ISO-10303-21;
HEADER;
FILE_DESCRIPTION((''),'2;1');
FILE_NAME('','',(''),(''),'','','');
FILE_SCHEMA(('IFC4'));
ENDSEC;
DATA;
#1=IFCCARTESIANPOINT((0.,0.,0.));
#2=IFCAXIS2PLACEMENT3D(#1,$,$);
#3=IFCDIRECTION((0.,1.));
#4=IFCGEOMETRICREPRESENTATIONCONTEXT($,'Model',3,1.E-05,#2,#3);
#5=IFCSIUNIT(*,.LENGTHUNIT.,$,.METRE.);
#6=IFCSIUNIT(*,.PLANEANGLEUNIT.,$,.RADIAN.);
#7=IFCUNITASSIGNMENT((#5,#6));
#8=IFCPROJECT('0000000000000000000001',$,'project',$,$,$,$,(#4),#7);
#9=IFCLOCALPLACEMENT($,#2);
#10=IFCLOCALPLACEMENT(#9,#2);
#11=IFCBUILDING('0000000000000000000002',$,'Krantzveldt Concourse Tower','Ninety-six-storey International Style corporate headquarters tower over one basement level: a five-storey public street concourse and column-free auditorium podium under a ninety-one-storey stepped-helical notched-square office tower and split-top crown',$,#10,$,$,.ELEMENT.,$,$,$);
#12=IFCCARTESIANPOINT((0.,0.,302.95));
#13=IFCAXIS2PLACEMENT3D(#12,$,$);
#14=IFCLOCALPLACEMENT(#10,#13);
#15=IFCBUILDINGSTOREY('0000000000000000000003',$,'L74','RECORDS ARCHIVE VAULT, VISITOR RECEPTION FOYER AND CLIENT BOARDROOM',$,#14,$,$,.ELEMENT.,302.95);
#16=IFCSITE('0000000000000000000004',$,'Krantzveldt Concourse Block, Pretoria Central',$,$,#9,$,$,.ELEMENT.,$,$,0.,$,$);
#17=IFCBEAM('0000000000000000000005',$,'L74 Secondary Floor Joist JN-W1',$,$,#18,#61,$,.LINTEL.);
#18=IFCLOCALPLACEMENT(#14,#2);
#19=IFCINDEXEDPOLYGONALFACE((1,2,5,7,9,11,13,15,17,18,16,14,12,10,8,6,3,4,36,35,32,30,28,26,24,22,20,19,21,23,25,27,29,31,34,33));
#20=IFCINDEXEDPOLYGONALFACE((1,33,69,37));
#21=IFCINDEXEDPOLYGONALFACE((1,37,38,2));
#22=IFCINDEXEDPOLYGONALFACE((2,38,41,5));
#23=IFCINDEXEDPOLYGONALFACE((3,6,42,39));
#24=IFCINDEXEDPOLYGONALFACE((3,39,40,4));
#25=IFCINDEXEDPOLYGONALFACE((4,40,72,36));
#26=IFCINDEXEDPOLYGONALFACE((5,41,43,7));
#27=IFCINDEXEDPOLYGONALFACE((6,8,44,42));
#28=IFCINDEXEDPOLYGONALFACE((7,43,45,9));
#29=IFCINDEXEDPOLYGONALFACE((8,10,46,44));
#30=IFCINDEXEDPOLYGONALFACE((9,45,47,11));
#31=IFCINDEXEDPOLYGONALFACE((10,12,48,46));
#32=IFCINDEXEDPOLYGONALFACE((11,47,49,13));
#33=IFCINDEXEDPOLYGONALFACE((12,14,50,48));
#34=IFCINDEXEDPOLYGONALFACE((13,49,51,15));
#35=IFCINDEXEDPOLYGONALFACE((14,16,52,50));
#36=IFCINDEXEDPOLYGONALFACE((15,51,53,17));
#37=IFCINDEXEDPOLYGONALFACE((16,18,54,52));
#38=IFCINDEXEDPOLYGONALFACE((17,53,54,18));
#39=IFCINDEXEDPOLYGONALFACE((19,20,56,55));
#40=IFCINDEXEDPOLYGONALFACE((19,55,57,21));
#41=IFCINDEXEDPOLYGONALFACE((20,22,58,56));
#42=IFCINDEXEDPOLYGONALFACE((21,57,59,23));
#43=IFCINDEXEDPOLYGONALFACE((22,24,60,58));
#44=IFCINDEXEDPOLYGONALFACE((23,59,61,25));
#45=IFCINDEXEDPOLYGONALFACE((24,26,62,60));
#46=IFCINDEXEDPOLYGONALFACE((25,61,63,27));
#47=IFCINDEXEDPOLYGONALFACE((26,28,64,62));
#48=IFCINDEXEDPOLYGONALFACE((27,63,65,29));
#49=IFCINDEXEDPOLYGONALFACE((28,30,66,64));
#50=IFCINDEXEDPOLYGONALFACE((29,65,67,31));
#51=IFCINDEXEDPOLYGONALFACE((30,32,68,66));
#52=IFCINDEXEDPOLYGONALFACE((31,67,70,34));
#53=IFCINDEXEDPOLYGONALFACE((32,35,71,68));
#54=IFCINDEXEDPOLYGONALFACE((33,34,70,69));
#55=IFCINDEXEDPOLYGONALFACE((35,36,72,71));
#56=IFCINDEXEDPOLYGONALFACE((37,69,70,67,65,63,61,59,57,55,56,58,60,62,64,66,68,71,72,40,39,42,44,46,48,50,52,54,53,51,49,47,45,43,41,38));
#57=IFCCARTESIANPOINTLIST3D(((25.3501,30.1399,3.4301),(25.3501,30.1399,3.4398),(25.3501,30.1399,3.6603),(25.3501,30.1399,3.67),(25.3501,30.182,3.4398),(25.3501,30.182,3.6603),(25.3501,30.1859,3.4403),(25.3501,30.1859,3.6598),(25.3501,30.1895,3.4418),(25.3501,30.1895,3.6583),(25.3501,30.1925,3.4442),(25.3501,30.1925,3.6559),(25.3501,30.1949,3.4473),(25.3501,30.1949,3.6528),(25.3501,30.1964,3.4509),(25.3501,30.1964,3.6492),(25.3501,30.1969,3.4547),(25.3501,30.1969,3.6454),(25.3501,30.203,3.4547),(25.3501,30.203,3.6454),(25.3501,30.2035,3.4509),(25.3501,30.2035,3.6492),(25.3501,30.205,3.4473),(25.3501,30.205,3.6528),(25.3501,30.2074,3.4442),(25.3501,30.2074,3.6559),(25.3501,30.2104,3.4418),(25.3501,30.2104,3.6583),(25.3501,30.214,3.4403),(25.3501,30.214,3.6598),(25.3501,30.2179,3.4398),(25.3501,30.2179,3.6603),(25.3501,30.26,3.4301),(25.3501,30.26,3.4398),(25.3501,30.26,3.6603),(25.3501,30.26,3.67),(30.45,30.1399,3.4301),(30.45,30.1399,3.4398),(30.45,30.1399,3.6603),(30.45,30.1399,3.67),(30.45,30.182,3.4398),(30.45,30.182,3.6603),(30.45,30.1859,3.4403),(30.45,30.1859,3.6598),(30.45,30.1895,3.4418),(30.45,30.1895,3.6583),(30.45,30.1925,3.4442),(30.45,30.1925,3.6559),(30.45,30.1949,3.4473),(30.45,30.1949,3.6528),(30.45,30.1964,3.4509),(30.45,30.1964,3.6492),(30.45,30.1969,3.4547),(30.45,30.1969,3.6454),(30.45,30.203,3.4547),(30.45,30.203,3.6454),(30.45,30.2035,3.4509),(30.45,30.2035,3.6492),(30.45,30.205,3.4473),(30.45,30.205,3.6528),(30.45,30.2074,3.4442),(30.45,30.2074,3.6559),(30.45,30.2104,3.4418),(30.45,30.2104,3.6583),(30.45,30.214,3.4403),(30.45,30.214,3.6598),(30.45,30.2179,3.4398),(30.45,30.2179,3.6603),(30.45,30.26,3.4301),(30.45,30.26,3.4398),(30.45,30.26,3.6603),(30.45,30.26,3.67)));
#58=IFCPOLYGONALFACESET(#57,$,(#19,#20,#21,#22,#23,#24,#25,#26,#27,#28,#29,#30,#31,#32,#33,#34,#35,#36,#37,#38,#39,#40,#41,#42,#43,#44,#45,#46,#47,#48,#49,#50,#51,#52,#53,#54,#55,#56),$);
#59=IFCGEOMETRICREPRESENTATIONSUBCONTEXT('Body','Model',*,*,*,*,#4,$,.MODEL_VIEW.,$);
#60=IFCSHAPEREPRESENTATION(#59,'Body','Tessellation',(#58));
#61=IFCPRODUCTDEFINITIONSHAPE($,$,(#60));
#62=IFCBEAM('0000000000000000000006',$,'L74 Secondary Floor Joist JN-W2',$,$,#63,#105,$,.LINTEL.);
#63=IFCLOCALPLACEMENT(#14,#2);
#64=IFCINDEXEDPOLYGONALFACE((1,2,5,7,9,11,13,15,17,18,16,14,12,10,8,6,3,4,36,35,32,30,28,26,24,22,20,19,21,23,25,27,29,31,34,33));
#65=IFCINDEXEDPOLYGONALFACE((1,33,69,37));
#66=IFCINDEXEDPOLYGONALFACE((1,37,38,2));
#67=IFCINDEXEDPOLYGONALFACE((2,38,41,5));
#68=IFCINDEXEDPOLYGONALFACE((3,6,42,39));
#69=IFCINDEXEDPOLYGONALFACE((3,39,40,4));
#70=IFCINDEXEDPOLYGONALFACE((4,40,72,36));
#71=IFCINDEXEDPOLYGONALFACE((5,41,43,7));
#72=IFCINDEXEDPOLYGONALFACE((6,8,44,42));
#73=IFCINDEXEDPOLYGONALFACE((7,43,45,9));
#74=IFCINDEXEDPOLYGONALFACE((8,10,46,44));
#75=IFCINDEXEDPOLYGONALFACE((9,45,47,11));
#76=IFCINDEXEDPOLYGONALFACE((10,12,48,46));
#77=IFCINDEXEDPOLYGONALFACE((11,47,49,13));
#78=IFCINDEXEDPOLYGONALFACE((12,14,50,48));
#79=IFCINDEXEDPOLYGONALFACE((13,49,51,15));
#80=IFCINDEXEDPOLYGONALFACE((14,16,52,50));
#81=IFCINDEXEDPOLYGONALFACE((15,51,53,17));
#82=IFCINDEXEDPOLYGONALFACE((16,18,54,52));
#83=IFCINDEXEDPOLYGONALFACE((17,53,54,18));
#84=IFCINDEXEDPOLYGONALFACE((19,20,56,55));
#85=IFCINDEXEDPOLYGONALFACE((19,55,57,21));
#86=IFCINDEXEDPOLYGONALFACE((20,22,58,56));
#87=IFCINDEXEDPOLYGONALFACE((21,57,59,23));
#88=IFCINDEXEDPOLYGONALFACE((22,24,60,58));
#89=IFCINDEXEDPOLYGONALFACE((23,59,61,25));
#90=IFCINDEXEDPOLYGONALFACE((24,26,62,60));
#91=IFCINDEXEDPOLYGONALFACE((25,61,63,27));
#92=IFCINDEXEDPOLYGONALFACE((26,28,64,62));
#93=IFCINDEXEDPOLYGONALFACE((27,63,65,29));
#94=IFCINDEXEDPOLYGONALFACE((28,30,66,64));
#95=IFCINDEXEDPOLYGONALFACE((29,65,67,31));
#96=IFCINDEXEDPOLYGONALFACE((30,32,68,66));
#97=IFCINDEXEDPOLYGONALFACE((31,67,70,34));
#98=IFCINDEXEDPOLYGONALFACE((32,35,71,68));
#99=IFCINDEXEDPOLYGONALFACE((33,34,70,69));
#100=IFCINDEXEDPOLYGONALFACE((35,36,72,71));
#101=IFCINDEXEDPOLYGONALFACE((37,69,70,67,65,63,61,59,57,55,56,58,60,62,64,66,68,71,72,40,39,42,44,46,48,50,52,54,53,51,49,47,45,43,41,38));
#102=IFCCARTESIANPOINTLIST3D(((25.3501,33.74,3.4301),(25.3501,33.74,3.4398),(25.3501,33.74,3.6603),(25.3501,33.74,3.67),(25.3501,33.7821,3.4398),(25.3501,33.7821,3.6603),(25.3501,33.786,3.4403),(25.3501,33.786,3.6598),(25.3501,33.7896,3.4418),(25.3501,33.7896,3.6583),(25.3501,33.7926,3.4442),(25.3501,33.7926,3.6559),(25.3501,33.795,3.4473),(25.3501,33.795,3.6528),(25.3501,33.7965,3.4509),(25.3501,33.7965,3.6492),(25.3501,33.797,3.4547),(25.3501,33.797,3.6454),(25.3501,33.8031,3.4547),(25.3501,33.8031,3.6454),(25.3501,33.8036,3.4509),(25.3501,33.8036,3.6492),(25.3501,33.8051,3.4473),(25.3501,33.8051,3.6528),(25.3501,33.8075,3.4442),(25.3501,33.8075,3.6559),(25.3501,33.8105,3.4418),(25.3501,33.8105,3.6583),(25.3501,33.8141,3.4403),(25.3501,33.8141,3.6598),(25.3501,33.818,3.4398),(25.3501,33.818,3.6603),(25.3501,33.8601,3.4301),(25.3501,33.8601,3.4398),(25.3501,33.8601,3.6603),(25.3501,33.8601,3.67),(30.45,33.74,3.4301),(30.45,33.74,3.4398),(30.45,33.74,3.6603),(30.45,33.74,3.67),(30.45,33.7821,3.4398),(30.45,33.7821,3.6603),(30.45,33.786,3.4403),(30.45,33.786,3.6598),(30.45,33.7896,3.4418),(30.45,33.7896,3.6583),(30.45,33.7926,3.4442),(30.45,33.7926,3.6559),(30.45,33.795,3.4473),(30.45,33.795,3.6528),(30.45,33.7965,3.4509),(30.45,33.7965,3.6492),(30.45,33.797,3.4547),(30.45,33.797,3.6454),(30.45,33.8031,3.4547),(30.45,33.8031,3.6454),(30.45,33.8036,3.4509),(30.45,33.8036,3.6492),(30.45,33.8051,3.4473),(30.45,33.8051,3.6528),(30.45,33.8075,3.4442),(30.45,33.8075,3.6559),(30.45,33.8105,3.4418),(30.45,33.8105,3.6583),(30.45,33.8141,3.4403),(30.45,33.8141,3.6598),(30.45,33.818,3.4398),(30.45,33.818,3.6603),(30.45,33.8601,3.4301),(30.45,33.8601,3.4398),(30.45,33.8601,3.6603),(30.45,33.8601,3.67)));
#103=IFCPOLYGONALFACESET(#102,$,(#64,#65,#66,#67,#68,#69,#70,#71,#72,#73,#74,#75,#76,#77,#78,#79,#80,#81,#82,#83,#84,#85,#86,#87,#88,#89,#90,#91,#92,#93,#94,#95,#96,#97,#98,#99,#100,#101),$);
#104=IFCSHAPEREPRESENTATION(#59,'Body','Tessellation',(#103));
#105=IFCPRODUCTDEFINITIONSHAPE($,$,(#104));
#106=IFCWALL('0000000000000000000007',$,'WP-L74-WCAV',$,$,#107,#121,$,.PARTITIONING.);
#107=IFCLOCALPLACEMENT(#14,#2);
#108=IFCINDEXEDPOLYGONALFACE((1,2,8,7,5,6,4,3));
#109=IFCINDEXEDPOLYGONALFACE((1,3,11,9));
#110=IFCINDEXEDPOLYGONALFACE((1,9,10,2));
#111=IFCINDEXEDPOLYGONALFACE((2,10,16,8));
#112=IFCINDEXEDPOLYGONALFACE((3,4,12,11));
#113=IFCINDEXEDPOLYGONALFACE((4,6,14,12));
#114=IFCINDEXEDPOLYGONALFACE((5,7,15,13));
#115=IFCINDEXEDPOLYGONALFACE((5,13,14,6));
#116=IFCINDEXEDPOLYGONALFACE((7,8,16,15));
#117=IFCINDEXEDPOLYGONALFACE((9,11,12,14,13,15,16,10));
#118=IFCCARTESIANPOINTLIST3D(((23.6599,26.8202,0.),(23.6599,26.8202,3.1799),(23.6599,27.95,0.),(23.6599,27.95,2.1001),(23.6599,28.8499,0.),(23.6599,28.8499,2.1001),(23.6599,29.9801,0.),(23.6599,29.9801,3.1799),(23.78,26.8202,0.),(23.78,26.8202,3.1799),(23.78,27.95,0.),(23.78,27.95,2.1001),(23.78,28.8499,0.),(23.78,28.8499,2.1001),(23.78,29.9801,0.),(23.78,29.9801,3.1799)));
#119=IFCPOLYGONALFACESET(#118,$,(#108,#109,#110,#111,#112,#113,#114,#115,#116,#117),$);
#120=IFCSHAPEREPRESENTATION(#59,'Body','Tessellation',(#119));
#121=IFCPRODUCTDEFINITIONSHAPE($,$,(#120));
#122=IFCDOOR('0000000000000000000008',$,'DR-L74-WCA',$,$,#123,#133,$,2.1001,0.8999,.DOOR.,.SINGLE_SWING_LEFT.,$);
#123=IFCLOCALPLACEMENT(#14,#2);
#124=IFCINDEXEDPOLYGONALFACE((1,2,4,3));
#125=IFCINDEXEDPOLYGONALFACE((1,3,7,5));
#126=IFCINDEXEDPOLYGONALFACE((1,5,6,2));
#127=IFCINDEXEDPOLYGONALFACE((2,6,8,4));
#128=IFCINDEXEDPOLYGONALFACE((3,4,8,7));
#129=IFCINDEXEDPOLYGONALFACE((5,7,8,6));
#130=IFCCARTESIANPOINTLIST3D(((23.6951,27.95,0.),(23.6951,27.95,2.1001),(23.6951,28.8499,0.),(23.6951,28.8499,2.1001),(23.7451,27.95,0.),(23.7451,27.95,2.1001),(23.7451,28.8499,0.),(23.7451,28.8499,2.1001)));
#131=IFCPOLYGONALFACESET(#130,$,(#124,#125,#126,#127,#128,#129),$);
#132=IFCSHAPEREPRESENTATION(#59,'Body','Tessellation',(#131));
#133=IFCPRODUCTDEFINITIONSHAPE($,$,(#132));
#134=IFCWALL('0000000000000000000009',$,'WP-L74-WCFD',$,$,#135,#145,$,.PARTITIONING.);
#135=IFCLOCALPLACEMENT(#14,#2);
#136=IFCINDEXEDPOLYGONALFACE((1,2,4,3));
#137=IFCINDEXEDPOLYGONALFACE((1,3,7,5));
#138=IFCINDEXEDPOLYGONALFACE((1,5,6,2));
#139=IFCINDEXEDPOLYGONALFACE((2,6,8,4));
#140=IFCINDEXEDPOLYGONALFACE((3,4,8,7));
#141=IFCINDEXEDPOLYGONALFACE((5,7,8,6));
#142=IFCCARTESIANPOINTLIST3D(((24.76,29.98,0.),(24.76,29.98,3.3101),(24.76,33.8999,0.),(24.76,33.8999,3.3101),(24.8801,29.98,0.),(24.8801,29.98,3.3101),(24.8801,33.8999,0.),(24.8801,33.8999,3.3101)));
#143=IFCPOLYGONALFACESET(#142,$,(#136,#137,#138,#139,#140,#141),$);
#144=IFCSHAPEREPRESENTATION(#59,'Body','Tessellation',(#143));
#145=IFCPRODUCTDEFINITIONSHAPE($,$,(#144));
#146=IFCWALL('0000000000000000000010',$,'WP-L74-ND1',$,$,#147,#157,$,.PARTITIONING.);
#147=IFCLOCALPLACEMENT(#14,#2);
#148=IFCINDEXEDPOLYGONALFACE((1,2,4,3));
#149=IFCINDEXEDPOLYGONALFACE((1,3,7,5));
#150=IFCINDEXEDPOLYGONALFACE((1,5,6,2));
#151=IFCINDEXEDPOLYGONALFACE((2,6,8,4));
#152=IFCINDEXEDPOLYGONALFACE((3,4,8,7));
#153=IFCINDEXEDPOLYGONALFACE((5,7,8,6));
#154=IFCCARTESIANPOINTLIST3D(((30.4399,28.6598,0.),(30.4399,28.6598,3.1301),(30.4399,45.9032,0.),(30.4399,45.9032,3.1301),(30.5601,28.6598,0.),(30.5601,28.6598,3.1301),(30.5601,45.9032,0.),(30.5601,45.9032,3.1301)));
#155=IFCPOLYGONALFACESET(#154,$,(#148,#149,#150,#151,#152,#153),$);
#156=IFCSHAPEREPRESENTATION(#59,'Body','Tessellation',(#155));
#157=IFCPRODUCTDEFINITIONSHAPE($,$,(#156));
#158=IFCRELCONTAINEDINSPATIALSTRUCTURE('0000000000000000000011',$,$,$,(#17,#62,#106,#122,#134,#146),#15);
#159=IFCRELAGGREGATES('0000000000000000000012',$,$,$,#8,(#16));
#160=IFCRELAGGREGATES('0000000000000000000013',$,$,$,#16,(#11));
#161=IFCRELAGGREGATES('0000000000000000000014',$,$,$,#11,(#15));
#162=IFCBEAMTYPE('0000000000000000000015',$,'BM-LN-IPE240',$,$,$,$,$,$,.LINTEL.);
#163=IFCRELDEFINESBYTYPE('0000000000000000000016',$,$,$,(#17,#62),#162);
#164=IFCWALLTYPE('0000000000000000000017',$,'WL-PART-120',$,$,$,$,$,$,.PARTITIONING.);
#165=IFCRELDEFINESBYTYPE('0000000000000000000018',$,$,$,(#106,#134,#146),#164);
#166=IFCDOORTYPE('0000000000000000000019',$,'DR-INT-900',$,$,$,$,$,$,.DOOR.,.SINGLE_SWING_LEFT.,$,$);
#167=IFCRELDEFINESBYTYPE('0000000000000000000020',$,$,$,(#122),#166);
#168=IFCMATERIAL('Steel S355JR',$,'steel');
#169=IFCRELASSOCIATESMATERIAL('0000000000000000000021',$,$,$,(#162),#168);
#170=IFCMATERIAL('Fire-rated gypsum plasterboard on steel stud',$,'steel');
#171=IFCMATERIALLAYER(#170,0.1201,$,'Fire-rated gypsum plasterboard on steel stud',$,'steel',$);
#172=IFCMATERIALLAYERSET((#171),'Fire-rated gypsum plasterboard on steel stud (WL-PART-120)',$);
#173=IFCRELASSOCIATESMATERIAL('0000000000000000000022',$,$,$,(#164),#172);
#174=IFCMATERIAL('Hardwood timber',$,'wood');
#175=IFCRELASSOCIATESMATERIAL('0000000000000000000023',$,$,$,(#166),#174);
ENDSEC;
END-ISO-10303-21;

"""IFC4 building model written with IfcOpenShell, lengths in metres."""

from ifc_helpers import new_model, si_unit, direction, frame, frame_2d, origin, origin_2d, place, context, subcontext, project, spatial, rectangle, i_section, extrude, source, transform, mapped, material, layer, layer_set, material_profile, profile_set, type_object, type_shapes, element, fill, save


model = new_model("IFC4")

# Units and contexts
model_context = context("Model", 3, precision=1e-05, world=origin(), true_north=direction((0.0, 1.0)))
body_context = subcontext(model_context, "Body", "Model", "MODEL_VIEW")
ifc_project = project(units=[si_unit("LENGTHUNIT", "METRE"), si_unit("PLANEANGLEUNIT", "RADIAN")], contexts=[model_context])

# Site, building, storey
site_placement = place(None, origin())
site = spatial("IfcSite", under=ifc_project, at=site_placement, Name="Krantzveldt Concourse Block, Pretoria Central", CompositionType="ELEMENT", RefElevation=0.0)
building_placement = place(site_placement, origin())
building = spatial("IfcBuilding", under=site, at=building_placement, Name="Krantzveldt Concourse Tower", Description="Ninety-six-storey International Style corporate headquarters tower over one basement level: a five-storey public street concourse and column-free auditorium podium under a ninety-one-storey stepped-helical notched-square office tower and split-top crown", CompositionType="ELEMENT")
storey_placement = place(building_placement, frame((0.0, 0.0, 302.95)))
storey = spatial("IfcBuildingStorey", under=building, at=storey_placement, Name="L74", Description="RECORDS ARCHIVE VAULT, VISITOR RECEPTION FOYER AND CLIENT BOARDROOM", CompositionType="ELEMENT", Elevation=302.95)

# Beams
ifc_material_1 = material(Name="Steel S355JR", Category="steel")
ifc_material_profile_1 = material_profile(ifc_material_1, i_section(OverallWidth=0.1201, OverallDepth=0.24, WebThickness=0.0061, FlangeThickness=0.0098, FilletRadius=0.0149, at=origin_2d()), Name="Steel S355JR", Category="steel")
ifc_profile_set_1 = profile_set([ifc_material_profile_1], Name="Steel S355JR - IPE 240")
beam_type_1 = type_object("IfcBeamType", Name="BM-LN-IPE240", PredefinedType="LINTEL", material=ifc_profile_set_1)
shared_shape_1 = source(origin(), body_context, "Body", "SweptSolid", [
    extrude(i_section(OverallWidth=0.1201, OverallDepth=0.24, WebThickness=0.0061, FlangeThickness=0.0098, FilletRadius=0.0149, at=origin_2d()), origin(), (0.0, 0.0, 1.0), 5.0999),
])
type_shapes(beam_type_1, [shared_shape_1])
for number, where, z_axis, x_axis, name in (
    (1, (25.3501, 30.2, 3.55), (1.0, 0.0, 0.0), (0.0, 1.0, 0.0), "L74 Secondary Floor Joist JN-W1"),
    (2, (25.3501, 33.8, 3.55), (1.0, 0.0, 0.0), (0.0, 1.0, 0.0), "L74 Secondary Floor Joist JN-W2"),
):
    element("IfcBeam", number, at=place(storey_placement, frame(where, z_axis=z_axis, x_axis=x_axis)), inside=storey, type_object=beam_type_1, Name=name, PredefinedType="LINTEL", context=body_context, shape_type="MappedRepresentation", body=[
        mapped(shared_shape_1, transform((0.0, 0.0, 0.0), x_axis=(1.0, 0.0, 0.0), y_axis=(0.0, 1.0, 0.0), z_axis=(0.0, 0.0, 1.0), scale=1.0)),
    ])

# Wall, opening, door
ifc_material_2 = material(Name="Fire-rated gypsum plasterboard on steel stud", Category="steel")
ifc_layer_1 = layer(ifc_material_2, 0.1201, Name="Fire-rated gypsum plasterboard on steel stud", Category="steel")
ifc_layer_set_1 = layer_set([ifc_layer_1], Name="Fire-rated gypsum plasterboard on steel stud (WL-PART-120)")
wall_type_1 = type_object("IfcWallType", Name="WL-PART-120", PredefinedType="PARTITIONING", material=ifc_layer_set_1)
wall_1_placement = place(storey_placement, frame((23.72, 26.8201, 0.0), z_axis=(0.0, 0.0, 1.0), x_axis=(0.0, 1.0, 0.0)))
wall_1 = element("IfcWall", 3, at=wall_1_placement, inside=storey, type_object=wall_type_1, Name="WP-L74-WCAV", PredefinedType="PARTITIONING", context=body_context, shape_type="SweptSolid", body=[
    extrude(rectangle(XDim=3.1599, YDim=0.1201, at=frame_2d((1.5801, 0.0))), origin(), (0.0, 0.0, 1.0), 3.1799),
])
opening_1_placement = place(wall_1_placement, frame((1.1299, 0.0, 0.0)))
opening_1 = element("IfcOpeningElement", 4, at=opening_1_placement, cuts=wall_1, PredefinedType="OPENING", context=body_context, shape_type="SweptSolid", body=[
    extrude(rectangle(XDim=0.8999, YDim=2.1001, at=frame_2d((0.45, 1.05))), frame((0.0, 0.0701, 0.0), z_axis=(0.0, -1.0, 0.0), x_axis=(1.0, 0.0, 0.0)), (0.0, 0.0, 1.0), 0.1401),
])
ifc_material_3 = material(Name="Hardwood timber", Category="wood")
door_type_1 = type_object("IfcDoorType", Name="DR-INT-900", OperationType="SINGLE_SWING_LEFT", PredefinedType="DOOR", material=ifc_material_3)
door_1_placement = place(opening_1_placement, origin())
door_1 = element("IfcDoor", 5, at=door_1_placement, inside=storey, type_object=door_type_1, Name="DR-L74-WCA", OperationType="SINGLE_SWING_LEFT", OverallHeight=2.1001, OverallWidth=0.8999, PredefinedType="DOOR", context=body_context, shape_type="SweptSolid", body=[
    extrude(rectangle(XDim=0.8999, YDim=2.1001, at=frame_2d((0.45, 1.05))), frame((0.0, 0.0249, 0.0), z_axis=(0.0, -1.0, 0.0), x_axis=(1.0, 0.0, 0.0)), (0.0, 0.0, 1.0), 0.05),
])
fill(opening_1, door_1)

# Walls
wall_2_placement = place(storey_placement, frame((24.8201, 29.98, 0.0), z_axis=(0.0, 0.0, 1.0), x_axis=(0.0, 1.0, 0.0)))
element("IfcWall", 6, at=wall_2_placement, inside=storey, type_object=wall_type_1, Name="WP-L74-WCFD", PredefinedType="PARTITIONING", context=body_context, shape_type="SweptSolid", body=[
    extrude(rectangle(XDim=3.9199, YDim=0.1201, at=frame_2d((1.96, 0.0))), origin(), (0.0, 0.0, 1.0), 3.3101),
])
wall_3_placement = place(storey_placement, frame((30.5, 28.6599, 0.0), z_axis=(0.0, 0.0, 1.0), x_axis=(0.0, 1.0, 0.0)))
element("IfcWall", 7, at=wall_3_placement, inside=storey, type_object=wall_type_1, Name="WP-L74-ND1", PredefinedType="PARTITIONING", context=body_context, shape_type="SweptSolid", body=[
    extrude(rectangle(XDim=17.2434, YDim=0.1201, at=frame_2d((8.6216, 0.0))), origin(), (0.0, 0.0, 1.0), 3.1301),
])

save(model, "model.ifc")
